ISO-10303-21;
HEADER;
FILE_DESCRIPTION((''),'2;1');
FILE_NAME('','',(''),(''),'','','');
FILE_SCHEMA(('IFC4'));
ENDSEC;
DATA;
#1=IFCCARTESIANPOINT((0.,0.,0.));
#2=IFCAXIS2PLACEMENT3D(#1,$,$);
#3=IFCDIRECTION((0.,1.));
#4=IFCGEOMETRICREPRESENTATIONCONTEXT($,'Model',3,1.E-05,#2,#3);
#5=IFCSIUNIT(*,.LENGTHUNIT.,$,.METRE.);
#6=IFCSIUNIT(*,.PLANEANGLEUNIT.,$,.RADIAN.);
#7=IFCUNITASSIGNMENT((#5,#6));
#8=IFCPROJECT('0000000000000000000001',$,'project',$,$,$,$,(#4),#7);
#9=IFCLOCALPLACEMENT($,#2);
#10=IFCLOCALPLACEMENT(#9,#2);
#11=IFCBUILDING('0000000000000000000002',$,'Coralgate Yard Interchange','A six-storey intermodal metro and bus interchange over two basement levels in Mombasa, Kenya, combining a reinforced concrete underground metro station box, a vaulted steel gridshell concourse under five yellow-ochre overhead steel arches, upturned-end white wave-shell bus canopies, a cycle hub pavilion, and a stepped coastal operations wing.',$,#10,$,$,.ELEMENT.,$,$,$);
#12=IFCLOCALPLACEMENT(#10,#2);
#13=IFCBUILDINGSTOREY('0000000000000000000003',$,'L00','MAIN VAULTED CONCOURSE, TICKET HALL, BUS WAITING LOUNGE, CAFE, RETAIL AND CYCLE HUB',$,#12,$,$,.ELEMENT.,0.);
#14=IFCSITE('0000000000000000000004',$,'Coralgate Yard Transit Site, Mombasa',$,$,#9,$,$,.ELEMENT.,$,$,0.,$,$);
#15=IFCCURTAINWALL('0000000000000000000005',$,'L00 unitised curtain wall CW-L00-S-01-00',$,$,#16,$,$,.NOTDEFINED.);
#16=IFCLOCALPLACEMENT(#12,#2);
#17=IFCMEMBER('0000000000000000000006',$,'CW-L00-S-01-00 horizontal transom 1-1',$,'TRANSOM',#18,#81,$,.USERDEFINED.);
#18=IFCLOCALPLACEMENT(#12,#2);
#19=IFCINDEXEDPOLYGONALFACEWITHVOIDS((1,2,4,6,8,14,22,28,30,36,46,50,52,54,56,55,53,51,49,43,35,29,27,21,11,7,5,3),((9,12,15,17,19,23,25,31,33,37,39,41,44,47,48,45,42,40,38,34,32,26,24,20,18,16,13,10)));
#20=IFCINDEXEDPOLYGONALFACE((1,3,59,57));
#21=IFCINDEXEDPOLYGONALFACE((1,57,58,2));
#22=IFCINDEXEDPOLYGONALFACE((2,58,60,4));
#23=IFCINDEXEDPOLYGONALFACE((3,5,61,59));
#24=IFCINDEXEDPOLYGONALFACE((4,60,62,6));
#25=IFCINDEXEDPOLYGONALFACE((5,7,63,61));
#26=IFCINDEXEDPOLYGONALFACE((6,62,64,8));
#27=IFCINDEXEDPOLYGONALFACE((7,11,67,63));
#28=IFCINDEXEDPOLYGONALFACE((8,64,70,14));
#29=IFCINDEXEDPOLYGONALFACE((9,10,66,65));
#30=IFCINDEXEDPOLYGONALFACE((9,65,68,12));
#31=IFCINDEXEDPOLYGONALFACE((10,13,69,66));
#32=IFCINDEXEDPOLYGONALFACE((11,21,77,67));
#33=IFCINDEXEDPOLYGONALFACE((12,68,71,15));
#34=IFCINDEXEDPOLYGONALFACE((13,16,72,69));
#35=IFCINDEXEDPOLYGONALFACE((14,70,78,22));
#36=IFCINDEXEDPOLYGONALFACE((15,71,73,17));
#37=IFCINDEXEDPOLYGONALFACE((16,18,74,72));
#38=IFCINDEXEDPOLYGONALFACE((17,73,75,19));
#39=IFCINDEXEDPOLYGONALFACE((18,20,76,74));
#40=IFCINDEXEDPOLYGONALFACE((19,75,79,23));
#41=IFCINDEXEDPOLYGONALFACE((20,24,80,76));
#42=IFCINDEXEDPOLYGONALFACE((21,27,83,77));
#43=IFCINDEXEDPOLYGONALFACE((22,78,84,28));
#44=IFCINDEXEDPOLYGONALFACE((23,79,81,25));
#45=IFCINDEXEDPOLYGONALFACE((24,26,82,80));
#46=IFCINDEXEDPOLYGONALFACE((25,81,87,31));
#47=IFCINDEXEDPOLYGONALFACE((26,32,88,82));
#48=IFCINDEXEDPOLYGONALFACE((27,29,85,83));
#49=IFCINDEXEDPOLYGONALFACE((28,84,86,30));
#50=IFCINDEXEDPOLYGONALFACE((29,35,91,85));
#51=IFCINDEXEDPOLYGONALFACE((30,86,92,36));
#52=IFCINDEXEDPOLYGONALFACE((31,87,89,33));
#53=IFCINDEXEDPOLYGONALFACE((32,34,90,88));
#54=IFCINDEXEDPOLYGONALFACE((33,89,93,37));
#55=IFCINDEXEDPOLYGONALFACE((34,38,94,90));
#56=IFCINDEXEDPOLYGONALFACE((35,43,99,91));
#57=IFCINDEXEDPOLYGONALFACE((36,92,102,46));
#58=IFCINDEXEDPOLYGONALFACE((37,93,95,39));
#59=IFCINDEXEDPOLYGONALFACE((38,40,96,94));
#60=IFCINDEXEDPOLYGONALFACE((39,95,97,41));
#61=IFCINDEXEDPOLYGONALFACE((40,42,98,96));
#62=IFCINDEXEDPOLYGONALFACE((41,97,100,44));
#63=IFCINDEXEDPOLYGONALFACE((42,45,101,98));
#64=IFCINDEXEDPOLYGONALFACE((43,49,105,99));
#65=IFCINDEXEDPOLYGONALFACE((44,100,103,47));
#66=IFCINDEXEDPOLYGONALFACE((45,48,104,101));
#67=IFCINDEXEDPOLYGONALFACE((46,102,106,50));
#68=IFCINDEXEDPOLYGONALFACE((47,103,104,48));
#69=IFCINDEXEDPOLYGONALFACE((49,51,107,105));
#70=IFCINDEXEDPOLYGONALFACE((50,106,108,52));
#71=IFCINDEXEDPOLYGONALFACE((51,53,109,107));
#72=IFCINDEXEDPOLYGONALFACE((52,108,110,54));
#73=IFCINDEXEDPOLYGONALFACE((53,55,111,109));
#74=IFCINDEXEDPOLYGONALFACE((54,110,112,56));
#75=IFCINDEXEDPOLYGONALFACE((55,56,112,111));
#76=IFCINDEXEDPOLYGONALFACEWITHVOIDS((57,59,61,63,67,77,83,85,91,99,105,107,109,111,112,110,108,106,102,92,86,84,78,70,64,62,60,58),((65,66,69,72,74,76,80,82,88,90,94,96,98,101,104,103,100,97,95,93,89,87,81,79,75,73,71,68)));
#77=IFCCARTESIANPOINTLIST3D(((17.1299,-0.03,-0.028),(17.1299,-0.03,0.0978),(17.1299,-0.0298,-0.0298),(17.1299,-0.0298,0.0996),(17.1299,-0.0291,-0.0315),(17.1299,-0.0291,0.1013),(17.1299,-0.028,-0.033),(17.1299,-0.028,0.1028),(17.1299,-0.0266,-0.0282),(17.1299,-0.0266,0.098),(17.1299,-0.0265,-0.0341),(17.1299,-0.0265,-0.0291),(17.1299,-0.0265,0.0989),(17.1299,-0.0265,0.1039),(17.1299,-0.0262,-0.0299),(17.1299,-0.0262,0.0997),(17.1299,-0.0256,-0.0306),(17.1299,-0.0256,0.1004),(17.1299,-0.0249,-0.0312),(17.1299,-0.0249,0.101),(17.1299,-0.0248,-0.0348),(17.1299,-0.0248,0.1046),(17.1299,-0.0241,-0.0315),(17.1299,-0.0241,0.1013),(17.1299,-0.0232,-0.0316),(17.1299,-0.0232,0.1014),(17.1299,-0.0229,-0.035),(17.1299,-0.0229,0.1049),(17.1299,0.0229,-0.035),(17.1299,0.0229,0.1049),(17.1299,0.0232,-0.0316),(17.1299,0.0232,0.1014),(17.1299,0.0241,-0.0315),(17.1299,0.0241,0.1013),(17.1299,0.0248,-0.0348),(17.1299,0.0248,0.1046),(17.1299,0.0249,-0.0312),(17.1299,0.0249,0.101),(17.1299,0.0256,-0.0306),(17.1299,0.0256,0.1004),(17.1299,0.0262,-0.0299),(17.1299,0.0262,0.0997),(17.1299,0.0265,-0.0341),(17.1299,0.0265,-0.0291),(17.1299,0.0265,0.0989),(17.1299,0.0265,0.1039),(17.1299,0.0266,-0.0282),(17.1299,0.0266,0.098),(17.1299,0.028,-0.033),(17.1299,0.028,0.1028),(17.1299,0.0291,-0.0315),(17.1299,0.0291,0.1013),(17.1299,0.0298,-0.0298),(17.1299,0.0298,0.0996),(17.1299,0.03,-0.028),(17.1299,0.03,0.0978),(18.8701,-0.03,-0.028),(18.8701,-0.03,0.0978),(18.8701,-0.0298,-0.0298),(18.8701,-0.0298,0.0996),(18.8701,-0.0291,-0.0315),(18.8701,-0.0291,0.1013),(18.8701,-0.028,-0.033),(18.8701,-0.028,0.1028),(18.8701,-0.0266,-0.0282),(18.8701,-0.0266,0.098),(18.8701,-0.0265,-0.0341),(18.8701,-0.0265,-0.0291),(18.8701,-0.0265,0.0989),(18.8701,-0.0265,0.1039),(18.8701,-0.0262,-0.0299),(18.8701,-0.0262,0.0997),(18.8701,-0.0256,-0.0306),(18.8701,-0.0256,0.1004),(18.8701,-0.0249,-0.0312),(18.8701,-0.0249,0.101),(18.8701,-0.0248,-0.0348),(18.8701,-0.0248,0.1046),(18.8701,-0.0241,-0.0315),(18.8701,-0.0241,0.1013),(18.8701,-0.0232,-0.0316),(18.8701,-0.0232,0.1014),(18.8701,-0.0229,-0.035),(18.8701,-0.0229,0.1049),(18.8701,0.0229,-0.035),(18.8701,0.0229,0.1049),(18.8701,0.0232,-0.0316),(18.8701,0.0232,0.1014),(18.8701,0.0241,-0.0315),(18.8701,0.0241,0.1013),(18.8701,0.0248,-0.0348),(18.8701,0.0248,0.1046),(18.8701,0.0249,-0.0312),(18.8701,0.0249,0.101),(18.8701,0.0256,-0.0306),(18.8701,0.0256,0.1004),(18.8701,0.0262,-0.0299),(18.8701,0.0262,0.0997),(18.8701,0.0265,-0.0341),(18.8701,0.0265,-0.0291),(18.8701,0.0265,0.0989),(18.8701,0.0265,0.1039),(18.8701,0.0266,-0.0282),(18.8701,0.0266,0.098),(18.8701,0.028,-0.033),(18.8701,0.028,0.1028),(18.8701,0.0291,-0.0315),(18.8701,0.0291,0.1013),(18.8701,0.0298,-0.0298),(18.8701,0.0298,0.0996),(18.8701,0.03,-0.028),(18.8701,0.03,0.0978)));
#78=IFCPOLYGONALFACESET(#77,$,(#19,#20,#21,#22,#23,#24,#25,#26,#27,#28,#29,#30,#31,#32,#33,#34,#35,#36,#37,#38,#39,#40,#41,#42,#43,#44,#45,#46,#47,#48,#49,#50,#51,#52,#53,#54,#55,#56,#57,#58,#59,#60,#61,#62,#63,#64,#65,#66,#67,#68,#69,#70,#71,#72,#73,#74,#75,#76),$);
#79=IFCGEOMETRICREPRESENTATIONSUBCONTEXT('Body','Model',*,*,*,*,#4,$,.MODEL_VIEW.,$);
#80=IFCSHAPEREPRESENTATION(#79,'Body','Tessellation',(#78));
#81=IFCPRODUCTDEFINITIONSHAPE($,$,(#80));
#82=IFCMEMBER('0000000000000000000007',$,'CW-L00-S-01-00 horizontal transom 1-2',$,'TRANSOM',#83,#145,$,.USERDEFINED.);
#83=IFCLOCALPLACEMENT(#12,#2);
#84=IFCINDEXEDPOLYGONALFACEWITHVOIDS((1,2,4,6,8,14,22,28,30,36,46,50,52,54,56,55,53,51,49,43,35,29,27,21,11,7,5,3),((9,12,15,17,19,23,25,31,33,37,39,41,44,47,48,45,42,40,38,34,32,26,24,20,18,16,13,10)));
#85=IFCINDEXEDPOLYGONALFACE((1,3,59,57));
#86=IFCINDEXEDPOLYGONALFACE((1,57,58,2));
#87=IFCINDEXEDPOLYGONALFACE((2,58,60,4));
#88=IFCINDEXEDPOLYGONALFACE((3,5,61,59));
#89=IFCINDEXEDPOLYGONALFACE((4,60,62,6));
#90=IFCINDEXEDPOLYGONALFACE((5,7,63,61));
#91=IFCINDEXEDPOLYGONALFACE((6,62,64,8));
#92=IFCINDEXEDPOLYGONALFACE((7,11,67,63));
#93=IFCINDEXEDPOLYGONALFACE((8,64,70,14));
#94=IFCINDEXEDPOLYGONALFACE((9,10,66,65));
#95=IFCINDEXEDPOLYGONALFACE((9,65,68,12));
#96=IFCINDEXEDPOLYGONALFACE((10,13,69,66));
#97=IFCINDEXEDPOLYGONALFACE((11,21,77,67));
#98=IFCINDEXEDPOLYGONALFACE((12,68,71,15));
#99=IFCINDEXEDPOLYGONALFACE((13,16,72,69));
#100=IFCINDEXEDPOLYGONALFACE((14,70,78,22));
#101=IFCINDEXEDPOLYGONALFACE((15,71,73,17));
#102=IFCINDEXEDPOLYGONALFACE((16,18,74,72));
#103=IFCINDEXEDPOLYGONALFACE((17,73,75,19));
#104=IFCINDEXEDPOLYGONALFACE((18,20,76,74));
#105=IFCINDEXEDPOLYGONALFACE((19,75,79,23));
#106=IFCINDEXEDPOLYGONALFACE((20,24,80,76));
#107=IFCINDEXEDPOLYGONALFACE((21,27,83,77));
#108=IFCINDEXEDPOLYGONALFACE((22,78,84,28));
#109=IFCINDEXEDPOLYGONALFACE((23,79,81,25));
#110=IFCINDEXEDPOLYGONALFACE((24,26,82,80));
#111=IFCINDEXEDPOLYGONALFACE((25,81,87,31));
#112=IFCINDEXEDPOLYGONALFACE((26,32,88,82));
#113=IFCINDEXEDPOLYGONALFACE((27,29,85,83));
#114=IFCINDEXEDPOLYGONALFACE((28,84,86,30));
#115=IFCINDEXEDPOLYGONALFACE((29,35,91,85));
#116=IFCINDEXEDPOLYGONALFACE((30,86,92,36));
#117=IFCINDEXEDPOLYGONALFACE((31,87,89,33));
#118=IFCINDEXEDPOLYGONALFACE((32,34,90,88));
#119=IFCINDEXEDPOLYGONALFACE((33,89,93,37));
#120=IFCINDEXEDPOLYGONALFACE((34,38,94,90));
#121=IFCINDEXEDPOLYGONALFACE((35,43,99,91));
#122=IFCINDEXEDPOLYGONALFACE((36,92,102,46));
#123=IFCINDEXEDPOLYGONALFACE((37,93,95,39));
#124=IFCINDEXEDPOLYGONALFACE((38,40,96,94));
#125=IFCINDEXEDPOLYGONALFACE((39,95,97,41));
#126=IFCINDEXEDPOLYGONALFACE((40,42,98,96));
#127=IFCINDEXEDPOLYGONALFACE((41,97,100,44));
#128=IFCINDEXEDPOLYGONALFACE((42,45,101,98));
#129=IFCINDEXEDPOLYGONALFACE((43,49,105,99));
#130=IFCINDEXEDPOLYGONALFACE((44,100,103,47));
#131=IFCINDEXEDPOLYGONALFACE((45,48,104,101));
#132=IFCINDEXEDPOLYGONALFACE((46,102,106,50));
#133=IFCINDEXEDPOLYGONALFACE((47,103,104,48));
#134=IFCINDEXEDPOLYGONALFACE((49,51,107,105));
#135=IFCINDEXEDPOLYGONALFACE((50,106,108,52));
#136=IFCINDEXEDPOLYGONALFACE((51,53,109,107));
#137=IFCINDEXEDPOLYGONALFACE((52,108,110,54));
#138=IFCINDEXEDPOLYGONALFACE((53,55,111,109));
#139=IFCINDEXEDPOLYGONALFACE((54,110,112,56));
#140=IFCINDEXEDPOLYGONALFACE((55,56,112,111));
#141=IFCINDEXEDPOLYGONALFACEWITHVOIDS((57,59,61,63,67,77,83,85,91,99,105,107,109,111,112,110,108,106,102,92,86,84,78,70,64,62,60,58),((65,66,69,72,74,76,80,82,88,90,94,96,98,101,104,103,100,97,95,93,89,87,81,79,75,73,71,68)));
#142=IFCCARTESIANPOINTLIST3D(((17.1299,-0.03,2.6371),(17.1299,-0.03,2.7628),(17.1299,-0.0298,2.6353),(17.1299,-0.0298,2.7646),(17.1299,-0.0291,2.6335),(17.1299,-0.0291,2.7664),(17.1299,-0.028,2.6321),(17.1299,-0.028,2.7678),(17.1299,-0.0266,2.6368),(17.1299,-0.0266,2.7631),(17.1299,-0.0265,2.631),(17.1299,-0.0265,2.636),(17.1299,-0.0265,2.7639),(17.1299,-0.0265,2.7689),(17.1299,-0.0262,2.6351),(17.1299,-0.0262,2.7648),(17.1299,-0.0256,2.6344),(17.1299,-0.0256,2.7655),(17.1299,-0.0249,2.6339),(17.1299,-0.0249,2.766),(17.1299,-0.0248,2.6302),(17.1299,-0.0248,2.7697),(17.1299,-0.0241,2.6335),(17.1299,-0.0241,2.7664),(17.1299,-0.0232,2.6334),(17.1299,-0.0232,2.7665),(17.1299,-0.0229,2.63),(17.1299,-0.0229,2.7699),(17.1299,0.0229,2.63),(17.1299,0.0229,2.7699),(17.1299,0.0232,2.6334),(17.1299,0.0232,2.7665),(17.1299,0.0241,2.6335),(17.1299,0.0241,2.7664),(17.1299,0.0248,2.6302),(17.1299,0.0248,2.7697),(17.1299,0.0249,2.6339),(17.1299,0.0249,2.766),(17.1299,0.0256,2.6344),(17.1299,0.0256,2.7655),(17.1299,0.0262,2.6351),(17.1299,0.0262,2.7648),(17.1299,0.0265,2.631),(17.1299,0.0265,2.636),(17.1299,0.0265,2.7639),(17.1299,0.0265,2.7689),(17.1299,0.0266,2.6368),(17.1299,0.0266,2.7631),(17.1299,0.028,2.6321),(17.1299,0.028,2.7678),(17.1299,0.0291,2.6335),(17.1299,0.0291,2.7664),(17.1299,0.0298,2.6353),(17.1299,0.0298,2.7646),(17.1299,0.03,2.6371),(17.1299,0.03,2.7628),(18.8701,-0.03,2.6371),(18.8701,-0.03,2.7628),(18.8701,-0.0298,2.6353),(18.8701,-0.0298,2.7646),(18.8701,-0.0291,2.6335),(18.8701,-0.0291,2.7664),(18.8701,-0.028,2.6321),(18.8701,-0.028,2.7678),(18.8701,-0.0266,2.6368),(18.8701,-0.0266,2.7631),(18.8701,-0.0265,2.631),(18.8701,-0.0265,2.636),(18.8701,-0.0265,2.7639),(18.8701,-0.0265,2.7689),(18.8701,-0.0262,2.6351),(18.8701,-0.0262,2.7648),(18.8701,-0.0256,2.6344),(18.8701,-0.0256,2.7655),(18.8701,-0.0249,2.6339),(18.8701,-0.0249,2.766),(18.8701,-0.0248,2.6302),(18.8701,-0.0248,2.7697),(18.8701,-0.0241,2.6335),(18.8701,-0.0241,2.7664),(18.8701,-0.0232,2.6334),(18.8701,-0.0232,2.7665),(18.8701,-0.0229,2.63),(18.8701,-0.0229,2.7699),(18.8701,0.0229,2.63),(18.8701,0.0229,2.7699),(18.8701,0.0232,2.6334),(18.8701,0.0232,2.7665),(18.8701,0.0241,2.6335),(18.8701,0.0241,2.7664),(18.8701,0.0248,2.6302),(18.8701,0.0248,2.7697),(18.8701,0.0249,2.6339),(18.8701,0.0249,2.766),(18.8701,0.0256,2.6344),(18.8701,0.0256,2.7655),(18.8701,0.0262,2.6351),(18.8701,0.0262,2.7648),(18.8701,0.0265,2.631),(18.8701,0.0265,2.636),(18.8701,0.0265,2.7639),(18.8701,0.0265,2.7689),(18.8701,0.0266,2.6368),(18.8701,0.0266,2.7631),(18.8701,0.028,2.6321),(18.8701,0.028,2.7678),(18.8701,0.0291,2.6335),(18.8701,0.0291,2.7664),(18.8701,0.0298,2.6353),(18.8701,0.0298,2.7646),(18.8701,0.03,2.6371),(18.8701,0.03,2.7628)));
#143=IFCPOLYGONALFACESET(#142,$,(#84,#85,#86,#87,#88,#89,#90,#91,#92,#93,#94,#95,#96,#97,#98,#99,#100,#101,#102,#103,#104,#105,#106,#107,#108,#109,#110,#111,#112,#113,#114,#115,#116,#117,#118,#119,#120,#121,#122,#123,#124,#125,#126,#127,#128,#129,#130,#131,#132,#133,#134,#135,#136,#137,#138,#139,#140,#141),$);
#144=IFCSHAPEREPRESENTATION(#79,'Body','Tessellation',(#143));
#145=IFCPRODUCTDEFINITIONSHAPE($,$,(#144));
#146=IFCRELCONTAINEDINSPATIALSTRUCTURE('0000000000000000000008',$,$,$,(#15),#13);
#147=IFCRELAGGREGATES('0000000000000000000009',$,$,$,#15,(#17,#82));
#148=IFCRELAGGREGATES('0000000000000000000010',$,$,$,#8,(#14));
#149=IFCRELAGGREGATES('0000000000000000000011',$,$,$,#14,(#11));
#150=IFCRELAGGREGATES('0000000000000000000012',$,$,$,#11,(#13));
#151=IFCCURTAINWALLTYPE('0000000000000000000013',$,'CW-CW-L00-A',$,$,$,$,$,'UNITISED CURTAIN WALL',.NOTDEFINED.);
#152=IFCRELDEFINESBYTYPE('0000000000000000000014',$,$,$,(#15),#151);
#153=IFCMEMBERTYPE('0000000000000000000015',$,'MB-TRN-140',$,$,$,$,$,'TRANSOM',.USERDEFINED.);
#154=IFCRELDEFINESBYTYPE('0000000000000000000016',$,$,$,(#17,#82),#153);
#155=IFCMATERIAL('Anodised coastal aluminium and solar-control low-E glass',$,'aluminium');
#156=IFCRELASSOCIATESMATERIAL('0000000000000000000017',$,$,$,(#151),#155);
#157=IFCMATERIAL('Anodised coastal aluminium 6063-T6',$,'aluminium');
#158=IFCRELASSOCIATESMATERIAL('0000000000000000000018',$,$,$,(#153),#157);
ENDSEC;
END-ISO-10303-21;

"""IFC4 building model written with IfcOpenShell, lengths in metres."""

from ifc_helpers import new_model, si_unit, direction, frame, origin, origin_2d, place, context, subcontext, project, spatial, hollow_rectangle, extrude, material, material_profile, profile_set, type_object, element, aggregate, save


model = new_model("IFC4")

# Units and contexts
model_context = context("Model", 3, precision=1e-05, world=origin(), true_north=direction((0.0, 1.0)))
body_context = subcontext(model_context, "Body", "Model", "MODEL_VIEW")
ifc_project = project(units=[si_unit("LENGTHUNIT", "METRE"), si_unit("PLANEANGLEUNIT", "RADIAN")], contexts=[model_context])

# Site, building, storey
site_placement = place(None, origin())
site = spatial("IfcSite", under=ifc_project, at=site_placement, Name="Coralgate Yard Transit Site, Mombasa", CompositionType="ELEMENT", RefElevation=0.0)
building_placement = place(site_placement, origin())
building = spatial("IfcBuilding", under=site, at=building_placement, Name="Coralgate Yard Interchange", Description="A six-storey intermodal metro and bus interchange over two basement levels in Mombasa, Kenya, combining a reinforced concrete underground metro station box, a vaulted steel gridshell concourse under five yellow-ochre overhead steel arches, upturned-end white wave-shell bus canopies, a cycle hub pavilion, and a stepped coastal operations wing.", CompositionType="ELEMENT")
storey_placement = place(building_placement, origin())
storey = spatial("IfcBuildingStorey", under=building, at=storey_placement, Name="L00", Description="MAIN VAULTED CONCOURSE, TICKET HALL, BUS WAITING LOUNGE, CAFE, RETAIL AND CYCLE HUB", CompositionType="ELEMENT", Elevation=0.0)

# Curtain wall, members
ifc_material_1 = material(Name="Anodised coastal aluminium and solar-control low-E glass", Category="aluminium")
curtain_wall_type = type_object("IfcCurtainWallType", Name="CW-CW-L00-A", ElementType="UNITISED CURTAIN WALL", PredefinedType="NOTDEFINED", material=ifc_material_1)
curtain_wall_placement = place(storey_placement, origin())
curtain_wall = element("IfcCurtainWall", 1, at=curtain_wall_placement, inside=storey, type_object=curtain_wall_type, Name="L00 unitised curtain wall CW-L00-S-01-00", PredefinedType="NOTDEFINED")
ifc_material_2 = material(Name="Anodised coastal aluminium 6063-T6", Category="aluminium")
ifc_material_profile_1 = material_profile(ifc_material_2, hollow_rectangle(XDim=0.0601, YDim=0.1399, WallThickness=0.0034, InnerFilletRadius=0.0034, OuterFilletRadius=0.0071, at=origin_2d()), Name="ALU 60x140x3.5")
ifc_profile_set_1 = profile_set([ifc_material_profile_1], Name="Anodised coastal aluminium 6063-T6")
member_type_1 = type_object("IfcMemberType", Name="MB-TRN-140", ElementType="TRANSOM", PredefinedType="USERDEFINED", material=ifc_profile_set_1)
member_1_placement = place(storey_placement, frame((18.8701, 0.0, 0.0349), z_axis=(-1.0, 0.0, 0.0), x_axis=(0.0, -1.0, 0.0)))
member_1 = element("IfcMember", 2, at=member_1_placement, type_object=member_type_1, Name="CW-L00-S-01-00 horizontal transom 1-1", ObjectType="TRANSOM", PredefinedType="USERDEFINED", context=body_context, shape_type="SweptSolid", body=[
    extrude(hollow_rectangle(XDim=0.0601, YDim=0.1399, WallThickness=0.0034, InnerFilletRadius=0.0034, OuterFilletRadius=0.0071, at=origin_2d()), origin(), (0.0, 0.0, 1.0), 1.7402),
])
member_2_placement = place(storey_placement, frame((18.8701, 0.0, 2.7), z_axis=(-1.0, 0.0, 0.0), x_axis=(0.0, -1.0, 0.0)))
member_2 = element("IfcMember", 3, at=member_2_placement, type_object=member_type_1, Name="CW-L00-S-01-00 horizontal transom 1-2", ObjectType="TRANSOM", PredefinedType="USERDEFINED", context=body_context, shape_type="SweptSolid", body=[
    extrude(hollow_rectangle(XDim=0.0601, YDim=0.1399, WallThickness=0.0034, InnerFilletRadius=0.0034, OuterFilletRadius=0.0071, at=origin_2d()), origin(), (0.0, 0.0, 1.0), 1.7402),
])
aggregate(curtain_wall, [member_1, member_2])

save(model, "model.ifc")
